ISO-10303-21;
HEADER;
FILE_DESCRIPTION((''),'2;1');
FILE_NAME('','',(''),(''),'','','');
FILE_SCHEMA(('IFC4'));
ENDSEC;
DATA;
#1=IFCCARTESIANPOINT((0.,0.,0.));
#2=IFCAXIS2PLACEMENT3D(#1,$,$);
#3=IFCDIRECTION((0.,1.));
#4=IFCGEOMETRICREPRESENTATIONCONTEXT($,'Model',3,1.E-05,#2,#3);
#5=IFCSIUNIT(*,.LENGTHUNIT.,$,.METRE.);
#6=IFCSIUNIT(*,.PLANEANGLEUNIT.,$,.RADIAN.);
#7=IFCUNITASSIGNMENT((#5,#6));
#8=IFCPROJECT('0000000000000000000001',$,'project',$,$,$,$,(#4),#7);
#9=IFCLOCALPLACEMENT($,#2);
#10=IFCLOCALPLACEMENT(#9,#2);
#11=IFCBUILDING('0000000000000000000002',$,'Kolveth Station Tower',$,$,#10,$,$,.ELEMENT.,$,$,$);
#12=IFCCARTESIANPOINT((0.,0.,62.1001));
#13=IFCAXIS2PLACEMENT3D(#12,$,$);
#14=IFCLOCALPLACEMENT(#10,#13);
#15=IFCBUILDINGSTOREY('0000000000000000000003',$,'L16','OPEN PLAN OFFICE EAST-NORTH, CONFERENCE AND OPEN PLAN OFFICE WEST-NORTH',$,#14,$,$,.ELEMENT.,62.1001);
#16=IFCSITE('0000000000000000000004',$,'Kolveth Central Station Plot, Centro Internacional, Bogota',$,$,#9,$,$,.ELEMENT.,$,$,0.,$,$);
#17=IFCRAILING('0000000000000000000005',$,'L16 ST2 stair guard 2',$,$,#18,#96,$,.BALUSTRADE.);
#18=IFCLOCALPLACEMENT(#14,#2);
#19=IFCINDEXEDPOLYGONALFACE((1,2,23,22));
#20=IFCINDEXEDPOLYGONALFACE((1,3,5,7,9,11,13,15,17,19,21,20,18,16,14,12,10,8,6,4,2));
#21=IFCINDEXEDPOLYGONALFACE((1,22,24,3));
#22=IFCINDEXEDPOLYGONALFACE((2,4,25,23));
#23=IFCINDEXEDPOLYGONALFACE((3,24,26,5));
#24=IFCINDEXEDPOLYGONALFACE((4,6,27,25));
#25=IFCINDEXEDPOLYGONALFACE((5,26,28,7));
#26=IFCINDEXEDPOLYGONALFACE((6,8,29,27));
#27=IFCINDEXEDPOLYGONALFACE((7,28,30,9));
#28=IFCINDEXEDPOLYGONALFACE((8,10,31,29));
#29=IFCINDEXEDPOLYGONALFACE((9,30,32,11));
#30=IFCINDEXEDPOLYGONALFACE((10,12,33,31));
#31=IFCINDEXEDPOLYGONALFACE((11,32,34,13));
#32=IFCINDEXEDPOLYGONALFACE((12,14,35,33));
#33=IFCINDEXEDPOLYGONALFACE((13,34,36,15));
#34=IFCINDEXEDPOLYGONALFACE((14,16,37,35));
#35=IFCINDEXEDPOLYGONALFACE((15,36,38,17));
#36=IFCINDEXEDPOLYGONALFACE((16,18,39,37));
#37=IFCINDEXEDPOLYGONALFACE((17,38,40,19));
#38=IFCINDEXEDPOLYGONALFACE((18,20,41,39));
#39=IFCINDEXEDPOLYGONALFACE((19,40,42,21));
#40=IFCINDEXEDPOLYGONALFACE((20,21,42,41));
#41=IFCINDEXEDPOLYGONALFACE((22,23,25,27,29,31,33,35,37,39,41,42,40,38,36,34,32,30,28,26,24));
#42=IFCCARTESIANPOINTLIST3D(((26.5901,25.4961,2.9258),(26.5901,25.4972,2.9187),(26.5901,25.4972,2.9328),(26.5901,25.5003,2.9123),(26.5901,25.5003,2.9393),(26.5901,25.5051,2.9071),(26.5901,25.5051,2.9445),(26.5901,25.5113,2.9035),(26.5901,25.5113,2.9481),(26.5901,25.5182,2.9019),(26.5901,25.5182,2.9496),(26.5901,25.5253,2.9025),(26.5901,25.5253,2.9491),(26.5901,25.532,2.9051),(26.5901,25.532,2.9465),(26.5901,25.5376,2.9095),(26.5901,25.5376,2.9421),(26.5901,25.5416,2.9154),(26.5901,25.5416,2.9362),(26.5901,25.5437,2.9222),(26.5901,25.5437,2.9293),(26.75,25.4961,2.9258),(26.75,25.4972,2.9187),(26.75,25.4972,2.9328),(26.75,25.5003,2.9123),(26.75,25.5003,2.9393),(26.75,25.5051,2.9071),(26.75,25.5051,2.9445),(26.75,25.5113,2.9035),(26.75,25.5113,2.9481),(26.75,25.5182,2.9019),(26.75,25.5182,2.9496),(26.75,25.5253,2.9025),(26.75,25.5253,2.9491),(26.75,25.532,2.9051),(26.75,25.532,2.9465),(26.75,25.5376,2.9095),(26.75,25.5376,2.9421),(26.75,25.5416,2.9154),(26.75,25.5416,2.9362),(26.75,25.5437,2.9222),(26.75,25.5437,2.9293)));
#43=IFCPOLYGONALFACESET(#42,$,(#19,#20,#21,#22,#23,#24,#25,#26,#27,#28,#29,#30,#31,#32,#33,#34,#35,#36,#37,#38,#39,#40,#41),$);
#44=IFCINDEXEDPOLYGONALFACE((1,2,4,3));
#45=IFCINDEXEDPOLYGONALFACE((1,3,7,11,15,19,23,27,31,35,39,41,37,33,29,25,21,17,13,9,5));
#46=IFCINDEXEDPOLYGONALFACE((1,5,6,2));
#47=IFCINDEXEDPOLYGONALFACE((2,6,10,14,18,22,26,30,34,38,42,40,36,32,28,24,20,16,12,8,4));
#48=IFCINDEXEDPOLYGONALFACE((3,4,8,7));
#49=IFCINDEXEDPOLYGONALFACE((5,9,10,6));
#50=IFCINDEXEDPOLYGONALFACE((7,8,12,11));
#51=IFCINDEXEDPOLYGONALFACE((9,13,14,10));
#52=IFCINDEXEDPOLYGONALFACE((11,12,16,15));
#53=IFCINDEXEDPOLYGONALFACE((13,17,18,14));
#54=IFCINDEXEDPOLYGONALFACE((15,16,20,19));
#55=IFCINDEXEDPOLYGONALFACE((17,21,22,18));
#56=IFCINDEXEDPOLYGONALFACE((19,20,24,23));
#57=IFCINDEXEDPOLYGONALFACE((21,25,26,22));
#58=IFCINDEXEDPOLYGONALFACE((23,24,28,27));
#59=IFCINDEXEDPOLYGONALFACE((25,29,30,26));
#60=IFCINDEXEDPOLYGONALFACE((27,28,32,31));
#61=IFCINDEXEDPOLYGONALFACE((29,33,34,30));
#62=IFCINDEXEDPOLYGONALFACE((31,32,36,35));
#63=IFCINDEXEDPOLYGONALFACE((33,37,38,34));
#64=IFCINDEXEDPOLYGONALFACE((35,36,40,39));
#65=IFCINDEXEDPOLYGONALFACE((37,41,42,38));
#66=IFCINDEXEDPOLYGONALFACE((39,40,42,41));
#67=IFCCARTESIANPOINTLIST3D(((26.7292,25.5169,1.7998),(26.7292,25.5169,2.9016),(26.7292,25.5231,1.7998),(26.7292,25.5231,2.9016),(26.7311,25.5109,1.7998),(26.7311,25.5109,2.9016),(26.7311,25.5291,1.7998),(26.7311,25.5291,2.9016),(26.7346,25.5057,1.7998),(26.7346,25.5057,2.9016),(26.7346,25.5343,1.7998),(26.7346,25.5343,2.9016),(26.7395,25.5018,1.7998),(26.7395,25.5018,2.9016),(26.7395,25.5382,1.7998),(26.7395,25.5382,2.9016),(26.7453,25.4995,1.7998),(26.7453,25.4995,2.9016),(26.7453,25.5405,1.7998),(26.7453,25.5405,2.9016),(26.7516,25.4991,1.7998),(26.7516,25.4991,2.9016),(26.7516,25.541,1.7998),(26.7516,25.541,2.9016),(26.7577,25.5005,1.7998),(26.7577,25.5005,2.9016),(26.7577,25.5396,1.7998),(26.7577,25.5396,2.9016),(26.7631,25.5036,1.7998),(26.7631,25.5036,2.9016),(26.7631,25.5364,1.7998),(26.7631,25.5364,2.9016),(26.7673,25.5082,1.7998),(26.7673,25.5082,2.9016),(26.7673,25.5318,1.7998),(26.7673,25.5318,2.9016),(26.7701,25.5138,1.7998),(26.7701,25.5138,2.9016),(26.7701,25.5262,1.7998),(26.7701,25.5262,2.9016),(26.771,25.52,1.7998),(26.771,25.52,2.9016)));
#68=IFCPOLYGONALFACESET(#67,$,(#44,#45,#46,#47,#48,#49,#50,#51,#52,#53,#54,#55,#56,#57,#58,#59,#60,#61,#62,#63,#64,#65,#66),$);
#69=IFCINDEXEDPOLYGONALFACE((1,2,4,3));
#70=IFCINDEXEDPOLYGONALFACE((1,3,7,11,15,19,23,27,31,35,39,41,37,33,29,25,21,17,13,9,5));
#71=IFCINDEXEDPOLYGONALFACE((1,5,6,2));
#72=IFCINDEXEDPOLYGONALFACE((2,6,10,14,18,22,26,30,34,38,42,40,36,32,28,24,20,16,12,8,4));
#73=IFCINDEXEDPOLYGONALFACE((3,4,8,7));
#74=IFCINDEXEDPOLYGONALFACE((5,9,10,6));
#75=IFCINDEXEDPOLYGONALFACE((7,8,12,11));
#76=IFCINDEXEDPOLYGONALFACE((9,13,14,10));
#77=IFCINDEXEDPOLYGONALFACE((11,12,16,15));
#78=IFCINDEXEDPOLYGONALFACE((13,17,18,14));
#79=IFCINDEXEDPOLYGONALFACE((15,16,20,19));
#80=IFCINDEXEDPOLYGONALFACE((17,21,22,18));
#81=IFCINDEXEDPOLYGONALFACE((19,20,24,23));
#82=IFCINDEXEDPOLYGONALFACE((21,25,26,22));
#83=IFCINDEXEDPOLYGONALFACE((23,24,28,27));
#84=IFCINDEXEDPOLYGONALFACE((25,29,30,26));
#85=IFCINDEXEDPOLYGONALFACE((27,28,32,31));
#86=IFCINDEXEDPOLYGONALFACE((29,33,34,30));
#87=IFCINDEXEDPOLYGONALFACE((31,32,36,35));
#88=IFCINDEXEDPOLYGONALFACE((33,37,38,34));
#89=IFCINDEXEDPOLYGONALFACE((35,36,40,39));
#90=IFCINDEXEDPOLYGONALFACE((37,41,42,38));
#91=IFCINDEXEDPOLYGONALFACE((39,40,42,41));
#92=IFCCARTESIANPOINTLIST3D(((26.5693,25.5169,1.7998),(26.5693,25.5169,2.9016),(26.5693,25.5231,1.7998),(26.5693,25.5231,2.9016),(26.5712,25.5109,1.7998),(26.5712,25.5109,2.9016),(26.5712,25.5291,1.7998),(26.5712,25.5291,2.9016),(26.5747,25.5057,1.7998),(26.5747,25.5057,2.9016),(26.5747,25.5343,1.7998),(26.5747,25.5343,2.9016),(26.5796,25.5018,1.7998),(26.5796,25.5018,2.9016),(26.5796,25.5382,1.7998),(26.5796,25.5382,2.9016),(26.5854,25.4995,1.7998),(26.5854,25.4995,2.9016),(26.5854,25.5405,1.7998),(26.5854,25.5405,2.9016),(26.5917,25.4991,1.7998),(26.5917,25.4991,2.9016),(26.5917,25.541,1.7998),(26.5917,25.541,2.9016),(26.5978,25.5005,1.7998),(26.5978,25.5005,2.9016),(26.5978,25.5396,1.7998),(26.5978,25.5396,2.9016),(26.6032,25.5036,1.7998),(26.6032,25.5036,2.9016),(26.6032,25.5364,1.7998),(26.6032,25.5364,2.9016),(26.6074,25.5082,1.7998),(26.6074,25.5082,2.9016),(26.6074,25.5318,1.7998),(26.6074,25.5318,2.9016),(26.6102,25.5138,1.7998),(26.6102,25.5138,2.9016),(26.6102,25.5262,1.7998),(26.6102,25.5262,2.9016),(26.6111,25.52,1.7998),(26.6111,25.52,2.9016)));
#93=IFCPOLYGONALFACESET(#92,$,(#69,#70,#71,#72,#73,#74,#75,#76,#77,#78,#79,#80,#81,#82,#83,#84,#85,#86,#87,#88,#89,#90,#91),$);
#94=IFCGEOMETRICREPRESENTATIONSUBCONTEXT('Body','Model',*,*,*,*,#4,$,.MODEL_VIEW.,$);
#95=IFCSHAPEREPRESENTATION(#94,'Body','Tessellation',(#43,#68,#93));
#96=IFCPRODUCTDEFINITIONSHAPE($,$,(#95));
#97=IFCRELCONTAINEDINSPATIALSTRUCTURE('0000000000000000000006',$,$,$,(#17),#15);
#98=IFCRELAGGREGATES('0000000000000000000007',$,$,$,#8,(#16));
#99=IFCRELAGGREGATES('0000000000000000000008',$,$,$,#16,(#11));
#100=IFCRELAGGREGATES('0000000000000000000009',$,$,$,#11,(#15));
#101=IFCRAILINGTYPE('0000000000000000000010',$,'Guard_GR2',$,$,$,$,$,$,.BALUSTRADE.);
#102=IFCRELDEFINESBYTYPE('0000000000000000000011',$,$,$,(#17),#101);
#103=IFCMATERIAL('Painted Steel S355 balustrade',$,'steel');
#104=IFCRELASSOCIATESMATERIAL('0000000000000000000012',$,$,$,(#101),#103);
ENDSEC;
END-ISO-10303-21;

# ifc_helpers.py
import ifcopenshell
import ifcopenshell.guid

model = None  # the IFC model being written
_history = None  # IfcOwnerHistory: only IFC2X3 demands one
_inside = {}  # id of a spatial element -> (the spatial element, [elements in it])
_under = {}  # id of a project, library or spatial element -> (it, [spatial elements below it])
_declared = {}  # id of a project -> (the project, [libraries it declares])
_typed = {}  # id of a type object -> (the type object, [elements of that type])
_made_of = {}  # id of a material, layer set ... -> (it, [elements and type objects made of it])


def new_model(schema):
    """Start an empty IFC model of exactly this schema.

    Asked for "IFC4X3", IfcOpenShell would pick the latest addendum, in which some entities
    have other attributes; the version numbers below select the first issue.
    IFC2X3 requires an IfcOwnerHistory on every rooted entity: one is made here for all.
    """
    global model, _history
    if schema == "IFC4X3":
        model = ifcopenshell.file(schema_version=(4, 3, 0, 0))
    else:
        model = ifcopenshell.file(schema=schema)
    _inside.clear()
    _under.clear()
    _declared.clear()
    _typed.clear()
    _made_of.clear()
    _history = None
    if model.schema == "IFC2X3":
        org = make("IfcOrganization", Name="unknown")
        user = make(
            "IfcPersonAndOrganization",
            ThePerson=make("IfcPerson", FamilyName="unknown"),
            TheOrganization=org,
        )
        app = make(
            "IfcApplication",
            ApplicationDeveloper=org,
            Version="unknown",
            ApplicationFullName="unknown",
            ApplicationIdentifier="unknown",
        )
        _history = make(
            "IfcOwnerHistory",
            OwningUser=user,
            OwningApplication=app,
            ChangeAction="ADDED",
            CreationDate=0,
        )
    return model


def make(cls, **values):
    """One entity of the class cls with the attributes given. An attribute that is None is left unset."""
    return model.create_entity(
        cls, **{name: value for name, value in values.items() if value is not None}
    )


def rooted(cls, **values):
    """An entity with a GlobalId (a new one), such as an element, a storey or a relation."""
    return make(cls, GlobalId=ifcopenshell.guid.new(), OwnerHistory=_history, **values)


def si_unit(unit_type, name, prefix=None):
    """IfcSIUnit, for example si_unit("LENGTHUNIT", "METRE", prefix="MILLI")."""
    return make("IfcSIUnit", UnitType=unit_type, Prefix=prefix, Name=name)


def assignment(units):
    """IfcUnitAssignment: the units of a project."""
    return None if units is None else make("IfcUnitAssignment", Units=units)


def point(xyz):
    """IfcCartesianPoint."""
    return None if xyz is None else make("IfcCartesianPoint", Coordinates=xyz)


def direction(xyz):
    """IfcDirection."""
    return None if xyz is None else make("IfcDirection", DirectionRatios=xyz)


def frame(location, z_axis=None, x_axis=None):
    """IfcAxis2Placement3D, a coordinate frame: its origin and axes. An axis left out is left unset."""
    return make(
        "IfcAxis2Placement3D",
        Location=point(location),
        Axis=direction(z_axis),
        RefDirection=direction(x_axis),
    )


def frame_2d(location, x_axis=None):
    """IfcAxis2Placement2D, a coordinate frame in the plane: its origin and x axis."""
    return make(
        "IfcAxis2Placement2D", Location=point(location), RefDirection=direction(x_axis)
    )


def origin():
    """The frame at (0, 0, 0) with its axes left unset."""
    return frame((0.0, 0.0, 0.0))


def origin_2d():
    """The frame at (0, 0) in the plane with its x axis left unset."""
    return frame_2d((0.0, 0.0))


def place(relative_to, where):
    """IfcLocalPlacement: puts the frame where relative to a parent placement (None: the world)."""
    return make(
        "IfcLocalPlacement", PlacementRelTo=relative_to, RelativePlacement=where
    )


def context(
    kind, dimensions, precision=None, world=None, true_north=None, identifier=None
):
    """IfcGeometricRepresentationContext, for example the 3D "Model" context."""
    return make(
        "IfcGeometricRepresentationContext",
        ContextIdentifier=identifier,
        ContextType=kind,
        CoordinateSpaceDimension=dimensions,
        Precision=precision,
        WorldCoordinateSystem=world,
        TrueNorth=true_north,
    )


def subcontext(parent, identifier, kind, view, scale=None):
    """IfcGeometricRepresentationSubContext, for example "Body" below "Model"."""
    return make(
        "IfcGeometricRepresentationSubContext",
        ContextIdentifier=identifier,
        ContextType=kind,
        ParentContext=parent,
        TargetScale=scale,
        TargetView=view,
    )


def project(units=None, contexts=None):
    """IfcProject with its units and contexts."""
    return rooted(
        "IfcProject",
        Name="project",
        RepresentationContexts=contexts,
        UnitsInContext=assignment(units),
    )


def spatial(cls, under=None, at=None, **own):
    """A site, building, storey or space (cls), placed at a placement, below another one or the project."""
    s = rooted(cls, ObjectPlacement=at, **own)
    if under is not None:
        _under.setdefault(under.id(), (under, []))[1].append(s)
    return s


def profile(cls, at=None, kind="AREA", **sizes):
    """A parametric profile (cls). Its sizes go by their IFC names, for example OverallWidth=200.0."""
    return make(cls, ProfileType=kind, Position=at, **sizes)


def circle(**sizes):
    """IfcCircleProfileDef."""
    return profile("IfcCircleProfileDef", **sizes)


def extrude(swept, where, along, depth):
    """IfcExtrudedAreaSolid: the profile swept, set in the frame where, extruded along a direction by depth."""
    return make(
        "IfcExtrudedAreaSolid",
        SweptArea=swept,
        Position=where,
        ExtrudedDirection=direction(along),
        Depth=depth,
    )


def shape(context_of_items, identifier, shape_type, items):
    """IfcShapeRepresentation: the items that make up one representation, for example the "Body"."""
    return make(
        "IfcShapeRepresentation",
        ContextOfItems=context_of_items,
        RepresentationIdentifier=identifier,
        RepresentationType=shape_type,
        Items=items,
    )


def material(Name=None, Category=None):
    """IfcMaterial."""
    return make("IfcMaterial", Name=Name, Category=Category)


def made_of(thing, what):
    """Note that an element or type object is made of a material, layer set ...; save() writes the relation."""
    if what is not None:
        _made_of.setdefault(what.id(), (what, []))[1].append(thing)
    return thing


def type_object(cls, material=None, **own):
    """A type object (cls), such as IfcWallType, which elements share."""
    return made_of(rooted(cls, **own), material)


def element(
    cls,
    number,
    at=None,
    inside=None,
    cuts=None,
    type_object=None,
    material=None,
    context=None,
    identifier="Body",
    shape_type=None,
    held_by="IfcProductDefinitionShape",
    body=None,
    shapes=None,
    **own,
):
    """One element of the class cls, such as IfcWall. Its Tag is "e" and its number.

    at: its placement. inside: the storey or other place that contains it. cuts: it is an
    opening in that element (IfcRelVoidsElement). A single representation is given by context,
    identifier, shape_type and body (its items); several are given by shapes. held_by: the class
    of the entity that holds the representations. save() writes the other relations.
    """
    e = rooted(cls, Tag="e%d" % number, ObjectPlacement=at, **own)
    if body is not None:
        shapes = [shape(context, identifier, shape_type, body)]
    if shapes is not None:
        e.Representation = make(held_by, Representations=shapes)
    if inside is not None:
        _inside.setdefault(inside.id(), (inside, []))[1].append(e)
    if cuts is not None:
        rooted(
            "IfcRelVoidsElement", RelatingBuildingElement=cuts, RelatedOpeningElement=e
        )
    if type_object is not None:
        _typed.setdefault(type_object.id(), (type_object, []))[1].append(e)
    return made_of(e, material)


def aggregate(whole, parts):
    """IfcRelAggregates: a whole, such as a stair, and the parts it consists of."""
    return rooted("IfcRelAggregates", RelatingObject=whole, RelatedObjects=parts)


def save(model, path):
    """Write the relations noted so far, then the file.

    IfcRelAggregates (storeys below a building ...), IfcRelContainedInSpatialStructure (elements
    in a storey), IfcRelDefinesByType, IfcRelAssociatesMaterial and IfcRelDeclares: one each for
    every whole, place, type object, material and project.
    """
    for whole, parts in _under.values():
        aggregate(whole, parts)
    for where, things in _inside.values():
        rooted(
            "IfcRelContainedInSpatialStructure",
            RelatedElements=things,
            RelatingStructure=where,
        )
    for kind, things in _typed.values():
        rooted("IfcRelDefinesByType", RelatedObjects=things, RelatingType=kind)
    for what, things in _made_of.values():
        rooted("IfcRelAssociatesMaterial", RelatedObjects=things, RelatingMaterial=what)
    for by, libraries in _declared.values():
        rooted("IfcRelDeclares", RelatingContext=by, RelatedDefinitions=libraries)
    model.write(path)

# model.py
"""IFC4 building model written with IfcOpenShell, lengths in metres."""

from ifc_helpers import new_model, si_unit, direction, frame, origin, origin_2d, place, context, subcontext, project, spatial, circle, extrude, material, type_object, element, save


model = new_model("IFC4")

# Units and contexts
model_context = context("Model", 3, precision=1e-05, world=origin(), true_north=direction((0.0, 1.0)))
body_context = subcontext(model_context, "Body", "Model", "MODEL_VIEW")
ifc_project = project(units=[si_unit("LENGTHUNIT", "METRE"), si_unit("PLANEANGLEUNIT", "RADIAN")], contexts=[model_context])

# Site, building, storey
site_placement = place(None, origin())
site = spatial("IfcSite", under=ifc_project, at=site_placement, Name="Kolveth Central Station Plot, Centro Internacional, Bogota", CompositionType="ELEMENT", RefElevation=0.0)
building_placement = place(site_placement, origin())
building = spatial("IfcBuilding", under=site, at=building_placement, Name="Kolveth Station Tower", CompositionType="ELEMENT")
storey_placement = place(building_placement, frame((0.0, 0.0, 62.1001)))
storey = spatial("IfcBuildingStorey", under=building, at=storey_placement, Name="L16", Description="OPEN PLAN OFFICE EAST-NORTH, CONFERENCE AND OPEN PLAN OFFICE WEST-NORTH", CompositionType="ELEMENT", Elevation=62.1001)

# Railing
ifc_material_1 = material(Name="Painted Steel S355 balustrade", Category="steel")
railing_type_1 = type_object("IfcRailingType", Name="Guard_GR2", PredefinedType="BALUSTRADE", material=ifc_material_1)
railing_1_placement = place(storey_placement, frame((26.75, 25.52, 1.7998)))
element("IfcRailing", 1, at=railing_1_placement, inside=storey, type_object=railing_type_1, Name="L16 ST2 stair guard 2", PredefinedType="BALUSTRADE", context=body_context, shape_type="SweptSolid", body=[
    extrude(circle(Radius=0.0239, at=origin_2d()), frame((0.0, 0.0, 1.126), z_axis=(-1.0, 0.0, 0.0), x_axis=(0.0, -1.0, 0.0)), (0.0, 0.0, 1.0), 0.1599),
    extrude(circle(Radius=0.021, at=origin_2d()), origin(), (0.0, 0.0, 1.0), 1.1018),
    extrude(circle(Radius=0.021, at=origin_2d()), frame((-0.1599, 0.0, 0.0)), (0.0, 0.0, 1.0), 1.1018),
])

save(model, "model.ifc")
